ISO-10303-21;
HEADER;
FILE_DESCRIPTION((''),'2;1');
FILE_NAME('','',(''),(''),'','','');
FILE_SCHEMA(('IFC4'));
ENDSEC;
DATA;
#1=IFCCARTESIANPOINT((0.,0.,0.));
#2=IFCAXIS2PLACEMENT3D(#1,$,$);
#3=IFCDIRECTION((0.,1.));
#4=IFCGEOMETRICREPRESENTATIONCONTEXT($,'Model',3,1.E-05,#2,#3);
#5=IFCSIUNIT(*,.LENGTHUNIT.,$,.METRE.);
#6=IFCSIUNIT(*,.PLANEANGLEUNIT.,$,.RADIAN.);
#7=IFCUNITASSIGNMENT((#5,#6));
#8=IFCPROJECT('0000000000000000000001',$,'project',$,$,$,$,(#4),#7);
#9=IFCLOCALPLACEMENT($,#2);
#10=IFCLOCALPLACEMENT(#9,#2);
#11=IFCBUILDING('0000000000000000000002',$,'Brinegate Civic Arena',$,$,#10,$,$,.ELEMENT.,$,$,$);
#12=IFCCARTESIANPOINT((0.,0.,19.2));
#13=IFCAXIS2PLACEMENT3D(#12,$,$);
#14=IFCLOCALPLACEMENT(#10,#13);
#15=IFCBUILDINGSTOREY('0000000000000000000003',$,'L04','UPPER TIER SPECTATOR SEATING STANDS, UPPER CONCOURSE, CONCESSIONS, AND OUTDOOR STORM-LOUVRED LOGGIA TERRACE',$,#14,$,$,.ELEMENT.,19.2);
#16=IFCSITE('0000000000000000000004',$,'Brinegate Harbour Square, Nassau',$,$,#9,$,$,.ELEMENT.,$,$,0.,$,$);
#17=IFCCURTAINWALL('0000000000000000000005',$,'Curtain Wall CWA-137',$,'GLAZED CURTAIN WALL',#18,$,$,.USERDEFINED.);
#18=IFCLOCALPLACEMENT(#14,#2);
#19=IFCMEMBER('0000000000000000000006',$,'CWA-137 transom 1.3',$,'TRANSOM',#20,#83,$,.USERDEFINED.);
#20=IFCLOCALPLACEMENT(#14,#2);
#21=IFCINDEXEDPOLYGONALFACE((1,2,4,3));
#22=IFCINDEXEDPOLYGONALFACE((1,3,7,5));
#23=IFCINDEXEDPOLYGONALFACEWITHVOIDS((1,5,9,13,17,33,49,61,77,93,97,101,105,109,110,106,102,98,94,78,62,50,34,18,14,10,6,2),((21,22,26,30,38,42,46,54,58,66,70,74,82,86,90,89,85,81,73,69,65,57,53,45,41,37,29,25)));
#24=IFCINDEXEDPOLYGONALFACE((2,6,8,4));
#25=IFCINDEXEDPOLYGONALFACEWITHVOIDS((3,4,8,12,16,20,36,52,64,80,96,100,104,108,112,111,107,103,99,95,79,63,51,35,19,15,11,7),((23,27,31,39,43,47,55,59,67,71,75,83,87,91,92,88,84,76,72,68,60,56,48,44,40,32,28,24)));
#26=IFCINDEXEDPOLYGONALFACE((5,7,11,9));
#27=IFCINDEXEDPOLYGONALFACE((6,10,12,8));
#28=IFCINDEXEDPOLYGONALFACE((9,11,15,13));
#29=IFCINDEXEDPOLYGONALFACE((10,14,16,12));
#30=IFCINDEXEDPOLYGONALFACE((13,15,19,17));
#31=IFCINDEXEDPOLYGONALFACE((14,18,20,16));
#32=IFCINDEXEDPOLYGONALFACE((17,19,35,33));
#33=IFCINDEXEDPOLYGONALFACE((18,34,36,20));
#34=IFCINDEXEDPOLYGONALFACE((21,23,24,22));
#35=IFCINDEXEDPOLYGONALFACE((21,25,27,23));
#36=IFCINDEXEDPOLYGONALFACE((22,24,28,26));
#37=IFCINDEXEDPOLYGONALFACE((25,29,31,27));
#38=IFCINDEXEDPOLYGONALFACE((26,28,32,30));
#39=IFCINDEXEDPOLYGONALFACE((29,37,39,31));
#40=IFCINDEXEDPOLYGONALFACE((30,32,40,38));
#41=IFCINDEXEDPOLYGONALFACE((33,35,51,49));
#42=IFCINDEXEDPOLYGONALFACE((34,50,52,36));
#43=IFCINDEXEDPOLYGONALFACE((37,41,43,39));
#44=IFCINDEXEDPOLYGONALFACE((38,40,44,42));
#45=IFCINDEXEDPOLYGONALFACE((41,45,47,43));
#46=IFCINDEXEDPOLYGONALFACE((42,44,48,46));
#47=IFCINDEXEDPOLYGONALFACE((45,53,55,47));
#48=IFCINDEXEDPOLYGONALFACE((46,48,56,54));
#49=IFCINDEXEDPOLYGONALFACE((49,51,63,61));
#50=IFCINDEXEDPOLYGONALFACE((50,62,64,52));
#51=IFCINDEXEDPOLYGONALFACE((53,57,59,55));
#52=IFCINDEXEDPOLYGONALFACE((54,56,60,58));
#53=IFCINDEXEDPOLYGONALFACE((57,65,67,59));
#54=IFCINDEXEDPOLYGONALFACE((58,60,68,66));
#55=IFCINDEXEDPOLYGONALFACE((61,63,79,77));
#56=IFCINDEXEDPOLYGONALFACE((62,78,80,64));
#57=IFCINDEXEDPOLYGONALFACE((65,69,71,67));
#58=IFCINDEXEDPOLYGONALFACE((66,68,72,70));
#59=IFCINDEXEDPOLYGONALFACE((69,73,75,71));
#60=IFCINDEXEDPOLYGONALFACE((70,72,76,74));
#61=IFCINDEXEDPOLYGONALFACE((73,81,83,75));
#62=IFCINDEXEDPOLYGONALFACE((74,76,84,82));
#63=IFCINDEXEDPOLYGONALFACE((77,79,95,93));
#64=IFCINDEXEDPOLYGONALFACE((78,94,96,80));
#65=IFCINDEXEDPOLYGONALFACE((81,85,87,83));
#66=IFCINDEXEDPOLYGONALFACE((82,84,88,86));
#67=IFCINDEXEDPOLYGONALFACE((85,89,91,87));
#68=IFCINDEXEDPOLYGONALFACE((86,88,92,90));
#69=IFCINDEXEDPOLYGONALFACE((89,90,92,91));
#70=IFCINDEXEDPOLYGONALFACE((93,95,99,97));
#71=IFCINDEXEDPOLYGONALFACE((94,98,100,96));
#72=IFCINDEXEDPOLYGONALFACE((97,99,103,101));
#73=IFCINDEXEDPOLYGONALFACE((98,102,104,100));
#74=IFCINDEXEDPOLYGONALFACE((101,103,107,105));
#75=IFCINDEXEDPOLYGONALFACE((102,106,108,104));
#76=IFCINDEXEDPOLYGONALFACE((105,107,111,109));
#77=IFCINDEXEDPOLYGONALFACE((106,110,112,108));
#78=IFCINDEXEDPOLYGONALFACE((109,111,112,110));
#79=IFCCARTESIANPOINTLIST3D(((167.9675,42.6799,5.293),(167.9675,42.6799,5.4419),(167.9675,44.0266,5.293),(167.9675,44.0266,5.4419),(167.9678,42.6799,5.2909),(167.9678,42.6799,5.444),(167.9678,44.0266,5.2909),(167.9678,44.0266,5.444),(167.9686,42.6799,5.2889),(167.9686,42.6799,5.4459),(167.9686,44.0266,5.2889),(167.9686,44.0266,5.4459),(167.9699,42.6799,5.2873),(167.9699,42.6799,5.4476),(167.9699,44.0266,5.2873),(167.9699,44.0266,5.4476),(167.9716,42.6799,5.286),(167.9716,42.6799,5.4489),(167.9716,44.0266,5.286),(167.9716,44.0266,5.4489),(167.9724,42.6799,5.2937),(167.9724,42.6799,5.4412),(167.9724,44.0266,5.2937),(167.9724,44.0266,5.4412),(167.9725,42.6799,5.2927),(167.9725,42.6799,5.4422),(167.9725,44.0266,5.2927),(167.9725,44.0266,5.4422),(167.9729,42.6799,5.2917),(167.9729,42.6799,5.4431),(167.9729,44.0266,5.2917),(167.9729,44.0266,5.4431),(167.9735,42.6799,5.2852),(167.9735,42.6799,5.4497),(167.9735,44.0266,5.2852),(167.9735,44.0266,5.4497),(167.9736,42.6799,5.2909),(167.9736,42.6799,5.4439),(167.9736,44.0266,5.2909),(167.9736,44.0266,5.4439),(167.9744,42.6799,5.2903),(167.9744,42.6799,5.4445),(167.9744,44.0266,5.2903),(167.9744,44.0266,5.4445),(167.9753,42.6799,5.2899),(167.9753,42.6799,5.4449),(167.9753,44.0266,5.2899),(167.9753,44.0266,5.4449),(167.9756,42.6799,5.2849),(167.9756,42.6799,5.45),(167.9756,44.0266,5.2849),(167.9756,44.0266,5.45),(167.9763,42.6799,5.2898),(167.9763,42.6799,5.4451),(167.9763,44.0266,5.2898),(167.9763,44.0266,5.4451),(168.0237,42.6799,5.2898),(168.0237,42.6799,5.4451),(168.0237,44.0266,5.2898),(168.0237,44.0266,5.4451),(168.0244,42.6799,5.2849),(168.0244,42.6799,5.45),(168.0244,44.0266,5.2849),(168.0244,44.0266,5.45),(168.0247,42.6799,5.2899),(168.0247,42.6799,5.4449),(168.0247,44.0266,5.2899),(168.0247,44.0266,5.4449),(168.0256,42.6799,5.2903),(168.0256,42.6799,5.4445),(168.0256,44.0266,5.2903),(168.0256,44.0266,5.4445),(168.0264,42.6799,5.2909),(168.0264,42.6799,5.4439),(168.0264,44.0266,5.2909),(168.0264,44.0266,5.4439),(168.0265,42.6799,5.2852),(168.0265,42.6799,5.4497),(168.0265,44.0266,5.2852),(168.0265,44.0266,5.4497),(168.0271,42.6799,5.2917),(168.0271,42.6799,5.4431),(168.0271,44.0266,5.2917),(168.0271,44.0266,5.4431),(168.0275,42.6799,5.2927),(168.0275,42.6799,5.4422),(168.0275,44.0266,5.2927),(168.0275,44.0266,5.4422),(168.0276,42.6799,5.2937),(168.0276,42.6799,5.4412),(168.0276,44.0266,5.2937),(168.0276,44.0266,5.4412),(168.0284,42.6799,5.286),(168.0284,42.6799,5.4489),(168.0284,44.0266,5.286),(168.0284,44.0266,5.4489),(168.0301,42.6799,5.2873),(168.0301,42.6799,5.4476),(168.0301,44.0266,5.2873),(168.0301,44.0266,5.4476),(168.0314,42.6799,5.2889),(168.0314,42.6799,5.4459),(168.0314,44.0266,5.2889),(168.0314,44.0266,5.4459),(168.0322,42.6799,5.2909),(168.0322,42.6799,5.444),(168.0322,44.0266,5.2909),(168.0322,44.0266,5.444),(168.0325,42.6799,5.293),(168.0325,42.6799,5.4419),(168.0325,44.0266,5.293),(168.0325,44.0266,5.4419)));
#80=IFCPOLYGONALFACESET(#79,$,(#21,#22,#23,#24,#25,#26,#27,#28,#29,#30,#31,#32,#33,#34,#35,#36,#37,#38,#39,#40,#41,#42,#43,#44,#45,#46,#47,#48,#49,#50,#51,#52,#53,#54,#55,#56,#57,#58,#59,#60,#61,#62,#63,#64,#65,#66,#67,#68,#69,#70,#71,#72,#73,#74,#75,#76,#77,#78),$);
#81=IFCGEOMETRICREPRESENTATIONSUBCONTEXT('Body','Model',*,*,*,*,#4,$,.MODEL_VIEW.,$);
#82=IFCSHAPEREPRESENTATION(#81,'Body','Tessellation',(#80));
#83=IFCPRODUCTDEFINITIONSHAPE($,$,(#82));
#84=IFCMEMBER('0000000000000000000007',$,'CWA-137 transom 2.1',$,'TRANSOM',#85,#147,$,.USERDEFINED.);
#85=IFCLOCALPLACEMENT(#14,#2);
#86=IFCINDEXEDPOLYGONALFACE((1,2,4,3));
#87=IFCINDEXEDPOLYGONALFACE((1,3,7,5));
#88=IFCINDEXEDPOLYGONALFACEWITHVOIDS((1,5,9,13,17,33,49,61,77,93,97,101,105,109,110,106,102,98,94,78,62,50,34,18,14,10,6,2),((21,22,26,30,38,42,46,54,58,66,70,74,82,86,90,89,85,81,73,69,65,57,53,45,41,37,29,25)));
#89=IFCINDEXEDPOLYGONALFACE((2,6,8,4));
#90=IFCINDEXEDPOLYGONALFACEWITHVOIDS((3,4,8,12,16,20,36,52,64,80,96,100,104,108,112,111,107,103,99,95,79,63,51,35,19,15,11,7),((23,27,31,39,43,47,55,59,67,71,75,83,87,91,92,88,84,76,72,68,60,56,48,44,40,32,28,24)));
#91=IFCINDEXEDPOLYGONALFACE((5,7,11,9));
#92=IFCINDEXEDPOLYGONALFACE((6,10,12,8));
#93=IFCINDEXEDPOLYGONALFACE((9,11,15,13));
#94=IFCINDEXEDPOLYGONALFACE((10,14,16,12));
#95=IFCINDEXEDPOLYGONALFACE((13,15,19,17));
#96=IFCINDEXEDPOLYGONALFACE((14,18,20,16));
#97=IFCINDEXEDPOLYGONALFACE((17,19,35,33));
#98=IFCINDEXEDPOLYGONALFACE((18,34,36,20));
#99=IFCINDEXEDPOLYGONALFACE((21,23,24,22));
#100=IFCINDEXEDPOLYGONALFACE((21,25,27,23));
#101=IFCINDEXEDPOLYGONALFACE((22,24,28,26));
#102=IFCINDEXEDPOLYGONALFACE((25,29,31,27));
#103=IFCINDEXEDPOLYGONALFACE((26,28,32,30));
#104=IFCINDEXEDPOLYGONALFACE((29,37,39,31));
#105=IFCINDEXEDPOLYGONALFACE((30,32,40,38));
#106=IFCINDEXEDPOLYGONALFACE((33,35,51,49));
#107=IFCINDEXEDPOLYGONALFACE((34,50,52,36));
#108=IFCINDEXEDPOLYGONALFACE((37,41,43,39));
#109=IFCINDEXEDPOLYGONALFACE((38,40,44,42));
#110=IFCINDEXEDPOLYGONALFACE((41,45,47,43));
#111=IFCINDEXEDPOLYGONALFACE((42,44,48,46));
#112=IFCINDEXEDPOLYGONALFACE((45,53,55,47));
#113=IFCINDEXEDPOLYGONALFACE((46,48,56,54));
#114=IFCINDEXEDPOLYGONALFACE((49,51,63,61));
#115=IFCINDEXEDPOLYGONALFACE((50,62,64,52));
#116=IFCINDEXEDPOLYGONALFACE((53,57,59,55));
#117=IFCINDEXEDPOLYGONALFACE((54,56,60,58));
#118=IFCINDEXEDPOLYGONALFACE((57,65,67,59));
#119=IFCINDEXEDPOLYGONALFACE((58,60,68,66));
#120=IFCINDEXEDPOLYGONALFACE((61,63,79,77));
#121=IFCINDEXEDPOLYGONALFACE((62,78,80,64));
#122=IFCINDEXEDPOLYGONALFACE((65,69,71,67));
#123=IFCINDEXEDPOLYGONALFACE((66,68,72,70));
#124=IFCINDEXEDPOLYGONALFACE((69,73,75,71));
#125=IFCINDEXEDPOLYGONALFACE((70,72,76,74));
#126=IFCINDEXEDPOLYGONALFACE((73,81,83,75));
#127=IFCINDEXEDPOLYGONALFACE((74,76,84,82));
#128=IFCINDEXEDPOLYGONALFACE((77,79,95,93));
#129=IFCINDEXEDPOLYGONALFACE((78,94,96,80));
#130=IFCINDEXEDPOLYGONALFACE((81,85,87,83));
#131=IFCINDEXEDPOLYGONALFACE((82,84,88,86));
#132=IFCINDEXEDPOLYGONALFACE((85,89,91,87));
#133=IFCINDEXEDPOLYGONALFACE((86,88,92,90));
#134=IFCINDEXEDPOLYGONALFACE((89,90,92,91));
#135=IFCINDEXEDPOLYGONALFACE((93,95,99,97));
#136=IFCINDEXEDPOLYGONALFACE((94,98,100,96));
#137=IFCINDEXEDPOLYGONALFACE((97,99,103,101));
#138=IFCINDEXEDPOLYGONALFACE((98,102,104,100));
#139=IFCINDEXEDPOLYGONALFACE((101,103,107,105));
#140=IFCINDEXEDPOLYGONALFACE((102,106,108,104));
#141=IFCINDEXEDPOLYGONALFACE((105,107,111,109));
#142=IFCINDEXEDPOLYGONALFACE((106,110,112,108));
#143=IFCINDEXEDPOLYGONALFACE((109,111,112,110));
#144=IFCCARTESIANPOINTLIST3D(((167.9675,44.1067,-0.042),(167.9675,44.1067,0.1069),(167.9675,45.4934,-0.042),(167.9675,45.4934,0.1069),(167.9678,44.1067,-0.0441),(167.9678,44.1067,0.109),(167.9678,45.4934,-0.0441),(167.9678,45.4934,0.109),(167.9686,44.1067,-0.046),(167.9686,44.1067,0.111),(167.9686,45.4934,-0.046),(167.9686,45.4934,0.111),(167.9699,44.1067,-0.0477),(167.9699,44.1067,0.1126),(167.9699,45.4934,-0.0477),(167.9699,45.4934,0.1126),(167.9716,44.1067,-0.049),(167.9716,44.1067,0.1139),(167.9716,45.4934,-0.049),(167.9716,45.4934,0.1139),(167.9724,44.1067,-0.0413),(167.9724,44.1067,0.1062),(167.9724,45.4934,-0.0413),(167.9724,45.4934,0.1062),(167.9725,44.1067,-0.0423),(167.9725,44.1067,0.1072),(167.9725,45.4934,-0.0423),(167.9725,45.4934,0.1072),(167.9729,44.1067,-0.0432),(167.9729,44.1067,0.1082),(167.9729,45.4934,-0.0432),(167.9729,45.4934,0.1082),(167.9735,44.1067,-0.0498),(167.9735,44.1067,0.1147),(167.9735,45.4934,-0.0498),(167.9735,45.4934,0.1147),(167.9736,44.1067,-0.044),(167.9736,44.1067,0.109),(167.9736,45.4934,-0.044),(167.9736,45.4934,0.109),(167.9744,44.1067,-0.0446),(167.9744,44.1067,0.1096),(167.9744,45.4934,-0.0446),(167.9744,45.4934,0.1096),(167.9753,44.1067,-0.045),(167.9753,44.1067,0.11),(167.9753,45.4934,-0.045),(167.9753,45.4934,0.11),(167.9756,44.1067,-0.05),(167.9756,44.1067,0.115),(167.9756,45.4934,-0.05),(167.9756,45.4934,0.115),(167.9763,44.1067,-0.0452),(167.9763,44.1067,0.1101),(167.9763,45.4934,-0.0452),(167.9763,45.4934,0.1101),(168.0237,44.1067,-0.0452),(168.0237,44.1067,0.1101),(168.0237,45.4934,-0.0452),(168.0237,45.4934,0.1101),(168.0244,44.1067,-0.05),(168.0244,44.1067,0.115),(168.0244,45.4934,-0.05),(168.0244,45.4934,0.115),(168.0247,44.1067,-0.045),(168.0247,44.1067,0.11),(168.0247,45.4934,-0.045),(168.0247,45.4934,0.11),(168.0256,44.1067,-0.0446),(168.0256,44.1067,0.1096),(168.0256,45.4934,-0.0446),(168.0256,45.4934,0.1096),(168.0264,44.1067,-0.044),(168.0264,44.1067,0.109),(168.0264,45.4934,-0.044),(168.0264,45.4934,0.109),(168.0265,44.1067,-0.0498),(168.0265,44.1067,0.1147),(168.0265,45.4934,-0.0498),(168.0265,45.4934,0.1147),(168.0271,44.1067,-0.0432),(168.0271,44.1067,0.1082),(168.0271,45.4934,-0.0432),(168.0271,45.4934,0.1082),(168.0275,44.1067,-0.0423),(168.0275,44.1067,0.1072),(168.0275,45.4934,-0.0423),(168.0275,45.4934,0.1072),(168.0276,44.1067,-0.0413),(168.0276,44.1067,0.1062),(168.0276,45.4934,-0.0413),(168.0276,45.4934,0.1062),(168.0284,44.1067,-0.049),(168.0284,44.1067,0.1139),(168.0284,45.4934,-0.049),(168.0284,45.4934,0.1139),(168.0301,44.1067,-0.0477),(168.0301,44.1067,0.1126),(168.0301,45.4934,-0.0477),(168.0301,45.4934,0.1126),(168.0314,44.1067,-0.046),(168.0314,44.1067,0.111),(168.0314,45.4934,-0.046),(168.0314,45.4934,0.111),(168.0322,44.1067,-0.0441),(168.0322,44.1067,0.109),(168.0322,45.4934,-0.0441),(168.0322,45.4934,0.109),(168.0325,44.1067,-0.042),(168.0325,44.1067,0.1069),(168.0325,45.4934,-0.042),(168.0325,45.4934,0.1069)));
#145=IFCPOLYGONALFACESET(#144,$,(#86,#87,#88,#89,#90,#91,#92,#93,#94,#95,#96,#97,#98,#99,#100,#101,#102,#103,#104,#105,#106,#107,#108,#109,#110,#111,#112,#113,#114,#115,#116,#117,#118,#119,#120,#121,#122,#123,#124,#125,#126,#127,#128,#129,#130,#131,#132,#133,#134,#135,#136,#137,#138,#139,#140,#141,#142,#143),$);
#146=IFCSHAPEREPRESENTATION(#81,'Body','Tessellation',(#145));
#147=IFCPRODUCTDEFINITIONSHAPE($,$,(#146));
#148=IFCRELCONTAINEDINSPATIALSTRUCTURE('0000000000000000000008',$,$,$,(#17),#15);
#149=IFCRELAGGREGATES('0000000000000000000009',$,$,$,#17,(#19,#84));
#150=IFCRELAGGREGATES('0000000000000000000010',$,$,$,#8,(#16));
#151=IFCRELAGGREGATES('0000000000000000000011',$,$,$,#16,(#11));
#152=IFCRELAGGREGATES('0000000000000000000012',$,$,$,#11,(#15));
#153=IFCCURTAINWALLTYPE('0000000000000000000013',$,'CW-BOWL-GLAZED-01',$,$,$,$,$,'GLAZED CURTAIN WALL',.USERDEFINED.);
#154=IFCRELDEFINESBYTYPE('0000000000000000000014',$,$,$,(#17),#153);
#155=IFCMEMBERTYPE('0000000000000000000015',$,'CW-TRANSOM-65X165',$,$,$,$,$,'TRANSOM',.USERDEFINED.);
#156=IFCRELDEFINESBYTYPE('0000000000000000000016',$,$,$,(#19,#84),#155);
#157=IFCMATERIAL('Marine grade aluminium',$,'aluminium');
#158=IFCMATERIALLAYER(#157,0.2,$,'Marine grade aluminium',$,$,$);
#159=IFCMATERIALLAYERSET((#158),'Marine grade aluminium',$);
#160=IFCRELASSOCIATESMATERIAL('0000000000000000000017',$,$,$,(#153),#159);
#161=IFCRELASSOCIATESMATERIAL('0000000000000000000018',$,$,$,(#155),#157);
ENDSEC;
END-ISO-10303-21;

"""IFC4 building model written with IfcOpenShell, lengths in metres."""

from ifc_helpers import new_model, si_unit, direction, frame, origin, origin_2d, place, context, subcontext, project, spatial, hollow_rectangle, extrude, material, layer, layer_set, material_profile, profile_set, type_object, element, aggregate, save


model = new_model("IFC4")

# Units and contexts
model_context = context("Model", 3, precision=1e-05, world=origin(), true_north=direction((0.0, 1.0)))
body_context = subcontext(model_context, "Body", "Model", "MODEL_VIEW")
ifc_project = project(units=[si_unit("LENGTHUNIT", "METRE"), si_unit("PLANEANGLEUNIT", "RADIAN")], contexts=[model_context])

# Site, building, storey
site_placement = place(None, origin())
site = spatial("IfcSite", under=ifc_project, at=site_placement, Name="Brinegate Harbour Square, Nassau", CompositionType="ELEMENT", RefElevation=0.0)
building_placement = place(site_placement, origin())
building = spatial("IfcBuilding", under=site, at=building_placement, Name="Brinegate Civic Arena", CompositionType="ELEMENT")
storey_placement = place(building_placement, frame((0.0, 0.0, 19.2)))
storey = spatial("IfcBuildingStorey", under=building, at=storey_placement, Name="L04", Description="UPPER TIER SPECTATOR SEATING STANDS, UPPER CONCOURSE, CONCESSIONS, AND OUTDOOR STORM-LOUVRED LOGGIA TERRACE", CompositionType="ELEMENT", Elevation=19.2)

# Curtain wall, members
ifc_material_1 = material(Name="Marine grade aluminium", Category="aluminium")
ifc_layer_1 = layer(ifc_material_1, 0.2, Name="Marine grade aluminium")
ifc_layer_set_1 = layer_set([ifc_layer_1], Name="Marine grade aluminium")
curtain_wall_type = type_object("IfcCurtainWallType", Name="CW-BOWL-GLAZED-01", ElementType="GLAZED CURTAIN WALL", PredefinedType="USERDEFINED", material=ifc_layer_set_1)
curtain_wall_placement = place(storey_placement, origin())
curtain_wall = element("IfcCurtainWall", 1, at=curtain_wall_placement, inside=storey, type_object=curtain_wall_type, Name="Curtain Wall CWA-137", ObjectType="GLAZED CURTAIN WALL", PredefinedType="USERDEFINED")
ifc_material_profile_1 = material_profile(ifc_material_1, hollow_rectangle(XDim=0.0649, YDim=0.165, WallThickness=0.0049, InnerFilletRadius=0.0039, OuterFilletRadius=0.0081, at=origin_2d()), Name="TRN65X165")
ifc_profile_set_1 = profile_set([ifc_material_profile_1], Name="Marine grade aluminium")
member_type_1 = type_object("IfcMemberType", Name="CW-TRANSOM-65X165", ElementType="TRANSOM", PredefinedType="USERDEFINED", material=ifc_profile_set_1)
member_1_placement = place(storey_placement, frame((168.0, 42.6799, 5.3674), z_axis=(0.0, 1.0, 0.0), x_axis=(-1.0, 0.0, 0.0)))
member_1 = element("IfcMember", 2, at=member_1_placement, type_object=member_type_1, Name="CWA-137 transom 1.3", ObjectType="TRANSOM", PredefinedType="USERDEFINED", context=body_context, shape_type="SweptSolid", body=[
    extrude(hollow_rectangle(XDim=0.0649, YDim=0.165, WallThickness=0.0049, InnerFilletRadius=0.0039, OuterFilletRadius=0.0081, at=origin_2d()), origin(), (0.0, 0.0, 1.0), 1.3467),
])
member_2_placement = place(storey_placement, frame((168.0, 44.1067, 0.0325), z_axis=(0.0, 1.0, 0.0), x_axis=(-1.0, 0.0, 0.0)))
member_2 = element("IfcMember", 3, at=member_2_placement, type_object=member_type_1, Name="CWA-137 transom 2.1", ObjectType="TRANSOM", PredefinedType="USERDEFINED", context=body_context, shape_type="SweptSolid", body=[
    extrude(hollow_rectangle(XDim=0.0649, YDim=0.165, WallThickness=0.0049, InnerFilletRadius=0.0039, OuterFilletRadius=0.0081, at=origin_2d()), origin(), (0.0, 0.0, 1.0), 1.3867),
])
aggregate(curtain_wall, [member_1, member_2])

save(model, "model.ifc")
